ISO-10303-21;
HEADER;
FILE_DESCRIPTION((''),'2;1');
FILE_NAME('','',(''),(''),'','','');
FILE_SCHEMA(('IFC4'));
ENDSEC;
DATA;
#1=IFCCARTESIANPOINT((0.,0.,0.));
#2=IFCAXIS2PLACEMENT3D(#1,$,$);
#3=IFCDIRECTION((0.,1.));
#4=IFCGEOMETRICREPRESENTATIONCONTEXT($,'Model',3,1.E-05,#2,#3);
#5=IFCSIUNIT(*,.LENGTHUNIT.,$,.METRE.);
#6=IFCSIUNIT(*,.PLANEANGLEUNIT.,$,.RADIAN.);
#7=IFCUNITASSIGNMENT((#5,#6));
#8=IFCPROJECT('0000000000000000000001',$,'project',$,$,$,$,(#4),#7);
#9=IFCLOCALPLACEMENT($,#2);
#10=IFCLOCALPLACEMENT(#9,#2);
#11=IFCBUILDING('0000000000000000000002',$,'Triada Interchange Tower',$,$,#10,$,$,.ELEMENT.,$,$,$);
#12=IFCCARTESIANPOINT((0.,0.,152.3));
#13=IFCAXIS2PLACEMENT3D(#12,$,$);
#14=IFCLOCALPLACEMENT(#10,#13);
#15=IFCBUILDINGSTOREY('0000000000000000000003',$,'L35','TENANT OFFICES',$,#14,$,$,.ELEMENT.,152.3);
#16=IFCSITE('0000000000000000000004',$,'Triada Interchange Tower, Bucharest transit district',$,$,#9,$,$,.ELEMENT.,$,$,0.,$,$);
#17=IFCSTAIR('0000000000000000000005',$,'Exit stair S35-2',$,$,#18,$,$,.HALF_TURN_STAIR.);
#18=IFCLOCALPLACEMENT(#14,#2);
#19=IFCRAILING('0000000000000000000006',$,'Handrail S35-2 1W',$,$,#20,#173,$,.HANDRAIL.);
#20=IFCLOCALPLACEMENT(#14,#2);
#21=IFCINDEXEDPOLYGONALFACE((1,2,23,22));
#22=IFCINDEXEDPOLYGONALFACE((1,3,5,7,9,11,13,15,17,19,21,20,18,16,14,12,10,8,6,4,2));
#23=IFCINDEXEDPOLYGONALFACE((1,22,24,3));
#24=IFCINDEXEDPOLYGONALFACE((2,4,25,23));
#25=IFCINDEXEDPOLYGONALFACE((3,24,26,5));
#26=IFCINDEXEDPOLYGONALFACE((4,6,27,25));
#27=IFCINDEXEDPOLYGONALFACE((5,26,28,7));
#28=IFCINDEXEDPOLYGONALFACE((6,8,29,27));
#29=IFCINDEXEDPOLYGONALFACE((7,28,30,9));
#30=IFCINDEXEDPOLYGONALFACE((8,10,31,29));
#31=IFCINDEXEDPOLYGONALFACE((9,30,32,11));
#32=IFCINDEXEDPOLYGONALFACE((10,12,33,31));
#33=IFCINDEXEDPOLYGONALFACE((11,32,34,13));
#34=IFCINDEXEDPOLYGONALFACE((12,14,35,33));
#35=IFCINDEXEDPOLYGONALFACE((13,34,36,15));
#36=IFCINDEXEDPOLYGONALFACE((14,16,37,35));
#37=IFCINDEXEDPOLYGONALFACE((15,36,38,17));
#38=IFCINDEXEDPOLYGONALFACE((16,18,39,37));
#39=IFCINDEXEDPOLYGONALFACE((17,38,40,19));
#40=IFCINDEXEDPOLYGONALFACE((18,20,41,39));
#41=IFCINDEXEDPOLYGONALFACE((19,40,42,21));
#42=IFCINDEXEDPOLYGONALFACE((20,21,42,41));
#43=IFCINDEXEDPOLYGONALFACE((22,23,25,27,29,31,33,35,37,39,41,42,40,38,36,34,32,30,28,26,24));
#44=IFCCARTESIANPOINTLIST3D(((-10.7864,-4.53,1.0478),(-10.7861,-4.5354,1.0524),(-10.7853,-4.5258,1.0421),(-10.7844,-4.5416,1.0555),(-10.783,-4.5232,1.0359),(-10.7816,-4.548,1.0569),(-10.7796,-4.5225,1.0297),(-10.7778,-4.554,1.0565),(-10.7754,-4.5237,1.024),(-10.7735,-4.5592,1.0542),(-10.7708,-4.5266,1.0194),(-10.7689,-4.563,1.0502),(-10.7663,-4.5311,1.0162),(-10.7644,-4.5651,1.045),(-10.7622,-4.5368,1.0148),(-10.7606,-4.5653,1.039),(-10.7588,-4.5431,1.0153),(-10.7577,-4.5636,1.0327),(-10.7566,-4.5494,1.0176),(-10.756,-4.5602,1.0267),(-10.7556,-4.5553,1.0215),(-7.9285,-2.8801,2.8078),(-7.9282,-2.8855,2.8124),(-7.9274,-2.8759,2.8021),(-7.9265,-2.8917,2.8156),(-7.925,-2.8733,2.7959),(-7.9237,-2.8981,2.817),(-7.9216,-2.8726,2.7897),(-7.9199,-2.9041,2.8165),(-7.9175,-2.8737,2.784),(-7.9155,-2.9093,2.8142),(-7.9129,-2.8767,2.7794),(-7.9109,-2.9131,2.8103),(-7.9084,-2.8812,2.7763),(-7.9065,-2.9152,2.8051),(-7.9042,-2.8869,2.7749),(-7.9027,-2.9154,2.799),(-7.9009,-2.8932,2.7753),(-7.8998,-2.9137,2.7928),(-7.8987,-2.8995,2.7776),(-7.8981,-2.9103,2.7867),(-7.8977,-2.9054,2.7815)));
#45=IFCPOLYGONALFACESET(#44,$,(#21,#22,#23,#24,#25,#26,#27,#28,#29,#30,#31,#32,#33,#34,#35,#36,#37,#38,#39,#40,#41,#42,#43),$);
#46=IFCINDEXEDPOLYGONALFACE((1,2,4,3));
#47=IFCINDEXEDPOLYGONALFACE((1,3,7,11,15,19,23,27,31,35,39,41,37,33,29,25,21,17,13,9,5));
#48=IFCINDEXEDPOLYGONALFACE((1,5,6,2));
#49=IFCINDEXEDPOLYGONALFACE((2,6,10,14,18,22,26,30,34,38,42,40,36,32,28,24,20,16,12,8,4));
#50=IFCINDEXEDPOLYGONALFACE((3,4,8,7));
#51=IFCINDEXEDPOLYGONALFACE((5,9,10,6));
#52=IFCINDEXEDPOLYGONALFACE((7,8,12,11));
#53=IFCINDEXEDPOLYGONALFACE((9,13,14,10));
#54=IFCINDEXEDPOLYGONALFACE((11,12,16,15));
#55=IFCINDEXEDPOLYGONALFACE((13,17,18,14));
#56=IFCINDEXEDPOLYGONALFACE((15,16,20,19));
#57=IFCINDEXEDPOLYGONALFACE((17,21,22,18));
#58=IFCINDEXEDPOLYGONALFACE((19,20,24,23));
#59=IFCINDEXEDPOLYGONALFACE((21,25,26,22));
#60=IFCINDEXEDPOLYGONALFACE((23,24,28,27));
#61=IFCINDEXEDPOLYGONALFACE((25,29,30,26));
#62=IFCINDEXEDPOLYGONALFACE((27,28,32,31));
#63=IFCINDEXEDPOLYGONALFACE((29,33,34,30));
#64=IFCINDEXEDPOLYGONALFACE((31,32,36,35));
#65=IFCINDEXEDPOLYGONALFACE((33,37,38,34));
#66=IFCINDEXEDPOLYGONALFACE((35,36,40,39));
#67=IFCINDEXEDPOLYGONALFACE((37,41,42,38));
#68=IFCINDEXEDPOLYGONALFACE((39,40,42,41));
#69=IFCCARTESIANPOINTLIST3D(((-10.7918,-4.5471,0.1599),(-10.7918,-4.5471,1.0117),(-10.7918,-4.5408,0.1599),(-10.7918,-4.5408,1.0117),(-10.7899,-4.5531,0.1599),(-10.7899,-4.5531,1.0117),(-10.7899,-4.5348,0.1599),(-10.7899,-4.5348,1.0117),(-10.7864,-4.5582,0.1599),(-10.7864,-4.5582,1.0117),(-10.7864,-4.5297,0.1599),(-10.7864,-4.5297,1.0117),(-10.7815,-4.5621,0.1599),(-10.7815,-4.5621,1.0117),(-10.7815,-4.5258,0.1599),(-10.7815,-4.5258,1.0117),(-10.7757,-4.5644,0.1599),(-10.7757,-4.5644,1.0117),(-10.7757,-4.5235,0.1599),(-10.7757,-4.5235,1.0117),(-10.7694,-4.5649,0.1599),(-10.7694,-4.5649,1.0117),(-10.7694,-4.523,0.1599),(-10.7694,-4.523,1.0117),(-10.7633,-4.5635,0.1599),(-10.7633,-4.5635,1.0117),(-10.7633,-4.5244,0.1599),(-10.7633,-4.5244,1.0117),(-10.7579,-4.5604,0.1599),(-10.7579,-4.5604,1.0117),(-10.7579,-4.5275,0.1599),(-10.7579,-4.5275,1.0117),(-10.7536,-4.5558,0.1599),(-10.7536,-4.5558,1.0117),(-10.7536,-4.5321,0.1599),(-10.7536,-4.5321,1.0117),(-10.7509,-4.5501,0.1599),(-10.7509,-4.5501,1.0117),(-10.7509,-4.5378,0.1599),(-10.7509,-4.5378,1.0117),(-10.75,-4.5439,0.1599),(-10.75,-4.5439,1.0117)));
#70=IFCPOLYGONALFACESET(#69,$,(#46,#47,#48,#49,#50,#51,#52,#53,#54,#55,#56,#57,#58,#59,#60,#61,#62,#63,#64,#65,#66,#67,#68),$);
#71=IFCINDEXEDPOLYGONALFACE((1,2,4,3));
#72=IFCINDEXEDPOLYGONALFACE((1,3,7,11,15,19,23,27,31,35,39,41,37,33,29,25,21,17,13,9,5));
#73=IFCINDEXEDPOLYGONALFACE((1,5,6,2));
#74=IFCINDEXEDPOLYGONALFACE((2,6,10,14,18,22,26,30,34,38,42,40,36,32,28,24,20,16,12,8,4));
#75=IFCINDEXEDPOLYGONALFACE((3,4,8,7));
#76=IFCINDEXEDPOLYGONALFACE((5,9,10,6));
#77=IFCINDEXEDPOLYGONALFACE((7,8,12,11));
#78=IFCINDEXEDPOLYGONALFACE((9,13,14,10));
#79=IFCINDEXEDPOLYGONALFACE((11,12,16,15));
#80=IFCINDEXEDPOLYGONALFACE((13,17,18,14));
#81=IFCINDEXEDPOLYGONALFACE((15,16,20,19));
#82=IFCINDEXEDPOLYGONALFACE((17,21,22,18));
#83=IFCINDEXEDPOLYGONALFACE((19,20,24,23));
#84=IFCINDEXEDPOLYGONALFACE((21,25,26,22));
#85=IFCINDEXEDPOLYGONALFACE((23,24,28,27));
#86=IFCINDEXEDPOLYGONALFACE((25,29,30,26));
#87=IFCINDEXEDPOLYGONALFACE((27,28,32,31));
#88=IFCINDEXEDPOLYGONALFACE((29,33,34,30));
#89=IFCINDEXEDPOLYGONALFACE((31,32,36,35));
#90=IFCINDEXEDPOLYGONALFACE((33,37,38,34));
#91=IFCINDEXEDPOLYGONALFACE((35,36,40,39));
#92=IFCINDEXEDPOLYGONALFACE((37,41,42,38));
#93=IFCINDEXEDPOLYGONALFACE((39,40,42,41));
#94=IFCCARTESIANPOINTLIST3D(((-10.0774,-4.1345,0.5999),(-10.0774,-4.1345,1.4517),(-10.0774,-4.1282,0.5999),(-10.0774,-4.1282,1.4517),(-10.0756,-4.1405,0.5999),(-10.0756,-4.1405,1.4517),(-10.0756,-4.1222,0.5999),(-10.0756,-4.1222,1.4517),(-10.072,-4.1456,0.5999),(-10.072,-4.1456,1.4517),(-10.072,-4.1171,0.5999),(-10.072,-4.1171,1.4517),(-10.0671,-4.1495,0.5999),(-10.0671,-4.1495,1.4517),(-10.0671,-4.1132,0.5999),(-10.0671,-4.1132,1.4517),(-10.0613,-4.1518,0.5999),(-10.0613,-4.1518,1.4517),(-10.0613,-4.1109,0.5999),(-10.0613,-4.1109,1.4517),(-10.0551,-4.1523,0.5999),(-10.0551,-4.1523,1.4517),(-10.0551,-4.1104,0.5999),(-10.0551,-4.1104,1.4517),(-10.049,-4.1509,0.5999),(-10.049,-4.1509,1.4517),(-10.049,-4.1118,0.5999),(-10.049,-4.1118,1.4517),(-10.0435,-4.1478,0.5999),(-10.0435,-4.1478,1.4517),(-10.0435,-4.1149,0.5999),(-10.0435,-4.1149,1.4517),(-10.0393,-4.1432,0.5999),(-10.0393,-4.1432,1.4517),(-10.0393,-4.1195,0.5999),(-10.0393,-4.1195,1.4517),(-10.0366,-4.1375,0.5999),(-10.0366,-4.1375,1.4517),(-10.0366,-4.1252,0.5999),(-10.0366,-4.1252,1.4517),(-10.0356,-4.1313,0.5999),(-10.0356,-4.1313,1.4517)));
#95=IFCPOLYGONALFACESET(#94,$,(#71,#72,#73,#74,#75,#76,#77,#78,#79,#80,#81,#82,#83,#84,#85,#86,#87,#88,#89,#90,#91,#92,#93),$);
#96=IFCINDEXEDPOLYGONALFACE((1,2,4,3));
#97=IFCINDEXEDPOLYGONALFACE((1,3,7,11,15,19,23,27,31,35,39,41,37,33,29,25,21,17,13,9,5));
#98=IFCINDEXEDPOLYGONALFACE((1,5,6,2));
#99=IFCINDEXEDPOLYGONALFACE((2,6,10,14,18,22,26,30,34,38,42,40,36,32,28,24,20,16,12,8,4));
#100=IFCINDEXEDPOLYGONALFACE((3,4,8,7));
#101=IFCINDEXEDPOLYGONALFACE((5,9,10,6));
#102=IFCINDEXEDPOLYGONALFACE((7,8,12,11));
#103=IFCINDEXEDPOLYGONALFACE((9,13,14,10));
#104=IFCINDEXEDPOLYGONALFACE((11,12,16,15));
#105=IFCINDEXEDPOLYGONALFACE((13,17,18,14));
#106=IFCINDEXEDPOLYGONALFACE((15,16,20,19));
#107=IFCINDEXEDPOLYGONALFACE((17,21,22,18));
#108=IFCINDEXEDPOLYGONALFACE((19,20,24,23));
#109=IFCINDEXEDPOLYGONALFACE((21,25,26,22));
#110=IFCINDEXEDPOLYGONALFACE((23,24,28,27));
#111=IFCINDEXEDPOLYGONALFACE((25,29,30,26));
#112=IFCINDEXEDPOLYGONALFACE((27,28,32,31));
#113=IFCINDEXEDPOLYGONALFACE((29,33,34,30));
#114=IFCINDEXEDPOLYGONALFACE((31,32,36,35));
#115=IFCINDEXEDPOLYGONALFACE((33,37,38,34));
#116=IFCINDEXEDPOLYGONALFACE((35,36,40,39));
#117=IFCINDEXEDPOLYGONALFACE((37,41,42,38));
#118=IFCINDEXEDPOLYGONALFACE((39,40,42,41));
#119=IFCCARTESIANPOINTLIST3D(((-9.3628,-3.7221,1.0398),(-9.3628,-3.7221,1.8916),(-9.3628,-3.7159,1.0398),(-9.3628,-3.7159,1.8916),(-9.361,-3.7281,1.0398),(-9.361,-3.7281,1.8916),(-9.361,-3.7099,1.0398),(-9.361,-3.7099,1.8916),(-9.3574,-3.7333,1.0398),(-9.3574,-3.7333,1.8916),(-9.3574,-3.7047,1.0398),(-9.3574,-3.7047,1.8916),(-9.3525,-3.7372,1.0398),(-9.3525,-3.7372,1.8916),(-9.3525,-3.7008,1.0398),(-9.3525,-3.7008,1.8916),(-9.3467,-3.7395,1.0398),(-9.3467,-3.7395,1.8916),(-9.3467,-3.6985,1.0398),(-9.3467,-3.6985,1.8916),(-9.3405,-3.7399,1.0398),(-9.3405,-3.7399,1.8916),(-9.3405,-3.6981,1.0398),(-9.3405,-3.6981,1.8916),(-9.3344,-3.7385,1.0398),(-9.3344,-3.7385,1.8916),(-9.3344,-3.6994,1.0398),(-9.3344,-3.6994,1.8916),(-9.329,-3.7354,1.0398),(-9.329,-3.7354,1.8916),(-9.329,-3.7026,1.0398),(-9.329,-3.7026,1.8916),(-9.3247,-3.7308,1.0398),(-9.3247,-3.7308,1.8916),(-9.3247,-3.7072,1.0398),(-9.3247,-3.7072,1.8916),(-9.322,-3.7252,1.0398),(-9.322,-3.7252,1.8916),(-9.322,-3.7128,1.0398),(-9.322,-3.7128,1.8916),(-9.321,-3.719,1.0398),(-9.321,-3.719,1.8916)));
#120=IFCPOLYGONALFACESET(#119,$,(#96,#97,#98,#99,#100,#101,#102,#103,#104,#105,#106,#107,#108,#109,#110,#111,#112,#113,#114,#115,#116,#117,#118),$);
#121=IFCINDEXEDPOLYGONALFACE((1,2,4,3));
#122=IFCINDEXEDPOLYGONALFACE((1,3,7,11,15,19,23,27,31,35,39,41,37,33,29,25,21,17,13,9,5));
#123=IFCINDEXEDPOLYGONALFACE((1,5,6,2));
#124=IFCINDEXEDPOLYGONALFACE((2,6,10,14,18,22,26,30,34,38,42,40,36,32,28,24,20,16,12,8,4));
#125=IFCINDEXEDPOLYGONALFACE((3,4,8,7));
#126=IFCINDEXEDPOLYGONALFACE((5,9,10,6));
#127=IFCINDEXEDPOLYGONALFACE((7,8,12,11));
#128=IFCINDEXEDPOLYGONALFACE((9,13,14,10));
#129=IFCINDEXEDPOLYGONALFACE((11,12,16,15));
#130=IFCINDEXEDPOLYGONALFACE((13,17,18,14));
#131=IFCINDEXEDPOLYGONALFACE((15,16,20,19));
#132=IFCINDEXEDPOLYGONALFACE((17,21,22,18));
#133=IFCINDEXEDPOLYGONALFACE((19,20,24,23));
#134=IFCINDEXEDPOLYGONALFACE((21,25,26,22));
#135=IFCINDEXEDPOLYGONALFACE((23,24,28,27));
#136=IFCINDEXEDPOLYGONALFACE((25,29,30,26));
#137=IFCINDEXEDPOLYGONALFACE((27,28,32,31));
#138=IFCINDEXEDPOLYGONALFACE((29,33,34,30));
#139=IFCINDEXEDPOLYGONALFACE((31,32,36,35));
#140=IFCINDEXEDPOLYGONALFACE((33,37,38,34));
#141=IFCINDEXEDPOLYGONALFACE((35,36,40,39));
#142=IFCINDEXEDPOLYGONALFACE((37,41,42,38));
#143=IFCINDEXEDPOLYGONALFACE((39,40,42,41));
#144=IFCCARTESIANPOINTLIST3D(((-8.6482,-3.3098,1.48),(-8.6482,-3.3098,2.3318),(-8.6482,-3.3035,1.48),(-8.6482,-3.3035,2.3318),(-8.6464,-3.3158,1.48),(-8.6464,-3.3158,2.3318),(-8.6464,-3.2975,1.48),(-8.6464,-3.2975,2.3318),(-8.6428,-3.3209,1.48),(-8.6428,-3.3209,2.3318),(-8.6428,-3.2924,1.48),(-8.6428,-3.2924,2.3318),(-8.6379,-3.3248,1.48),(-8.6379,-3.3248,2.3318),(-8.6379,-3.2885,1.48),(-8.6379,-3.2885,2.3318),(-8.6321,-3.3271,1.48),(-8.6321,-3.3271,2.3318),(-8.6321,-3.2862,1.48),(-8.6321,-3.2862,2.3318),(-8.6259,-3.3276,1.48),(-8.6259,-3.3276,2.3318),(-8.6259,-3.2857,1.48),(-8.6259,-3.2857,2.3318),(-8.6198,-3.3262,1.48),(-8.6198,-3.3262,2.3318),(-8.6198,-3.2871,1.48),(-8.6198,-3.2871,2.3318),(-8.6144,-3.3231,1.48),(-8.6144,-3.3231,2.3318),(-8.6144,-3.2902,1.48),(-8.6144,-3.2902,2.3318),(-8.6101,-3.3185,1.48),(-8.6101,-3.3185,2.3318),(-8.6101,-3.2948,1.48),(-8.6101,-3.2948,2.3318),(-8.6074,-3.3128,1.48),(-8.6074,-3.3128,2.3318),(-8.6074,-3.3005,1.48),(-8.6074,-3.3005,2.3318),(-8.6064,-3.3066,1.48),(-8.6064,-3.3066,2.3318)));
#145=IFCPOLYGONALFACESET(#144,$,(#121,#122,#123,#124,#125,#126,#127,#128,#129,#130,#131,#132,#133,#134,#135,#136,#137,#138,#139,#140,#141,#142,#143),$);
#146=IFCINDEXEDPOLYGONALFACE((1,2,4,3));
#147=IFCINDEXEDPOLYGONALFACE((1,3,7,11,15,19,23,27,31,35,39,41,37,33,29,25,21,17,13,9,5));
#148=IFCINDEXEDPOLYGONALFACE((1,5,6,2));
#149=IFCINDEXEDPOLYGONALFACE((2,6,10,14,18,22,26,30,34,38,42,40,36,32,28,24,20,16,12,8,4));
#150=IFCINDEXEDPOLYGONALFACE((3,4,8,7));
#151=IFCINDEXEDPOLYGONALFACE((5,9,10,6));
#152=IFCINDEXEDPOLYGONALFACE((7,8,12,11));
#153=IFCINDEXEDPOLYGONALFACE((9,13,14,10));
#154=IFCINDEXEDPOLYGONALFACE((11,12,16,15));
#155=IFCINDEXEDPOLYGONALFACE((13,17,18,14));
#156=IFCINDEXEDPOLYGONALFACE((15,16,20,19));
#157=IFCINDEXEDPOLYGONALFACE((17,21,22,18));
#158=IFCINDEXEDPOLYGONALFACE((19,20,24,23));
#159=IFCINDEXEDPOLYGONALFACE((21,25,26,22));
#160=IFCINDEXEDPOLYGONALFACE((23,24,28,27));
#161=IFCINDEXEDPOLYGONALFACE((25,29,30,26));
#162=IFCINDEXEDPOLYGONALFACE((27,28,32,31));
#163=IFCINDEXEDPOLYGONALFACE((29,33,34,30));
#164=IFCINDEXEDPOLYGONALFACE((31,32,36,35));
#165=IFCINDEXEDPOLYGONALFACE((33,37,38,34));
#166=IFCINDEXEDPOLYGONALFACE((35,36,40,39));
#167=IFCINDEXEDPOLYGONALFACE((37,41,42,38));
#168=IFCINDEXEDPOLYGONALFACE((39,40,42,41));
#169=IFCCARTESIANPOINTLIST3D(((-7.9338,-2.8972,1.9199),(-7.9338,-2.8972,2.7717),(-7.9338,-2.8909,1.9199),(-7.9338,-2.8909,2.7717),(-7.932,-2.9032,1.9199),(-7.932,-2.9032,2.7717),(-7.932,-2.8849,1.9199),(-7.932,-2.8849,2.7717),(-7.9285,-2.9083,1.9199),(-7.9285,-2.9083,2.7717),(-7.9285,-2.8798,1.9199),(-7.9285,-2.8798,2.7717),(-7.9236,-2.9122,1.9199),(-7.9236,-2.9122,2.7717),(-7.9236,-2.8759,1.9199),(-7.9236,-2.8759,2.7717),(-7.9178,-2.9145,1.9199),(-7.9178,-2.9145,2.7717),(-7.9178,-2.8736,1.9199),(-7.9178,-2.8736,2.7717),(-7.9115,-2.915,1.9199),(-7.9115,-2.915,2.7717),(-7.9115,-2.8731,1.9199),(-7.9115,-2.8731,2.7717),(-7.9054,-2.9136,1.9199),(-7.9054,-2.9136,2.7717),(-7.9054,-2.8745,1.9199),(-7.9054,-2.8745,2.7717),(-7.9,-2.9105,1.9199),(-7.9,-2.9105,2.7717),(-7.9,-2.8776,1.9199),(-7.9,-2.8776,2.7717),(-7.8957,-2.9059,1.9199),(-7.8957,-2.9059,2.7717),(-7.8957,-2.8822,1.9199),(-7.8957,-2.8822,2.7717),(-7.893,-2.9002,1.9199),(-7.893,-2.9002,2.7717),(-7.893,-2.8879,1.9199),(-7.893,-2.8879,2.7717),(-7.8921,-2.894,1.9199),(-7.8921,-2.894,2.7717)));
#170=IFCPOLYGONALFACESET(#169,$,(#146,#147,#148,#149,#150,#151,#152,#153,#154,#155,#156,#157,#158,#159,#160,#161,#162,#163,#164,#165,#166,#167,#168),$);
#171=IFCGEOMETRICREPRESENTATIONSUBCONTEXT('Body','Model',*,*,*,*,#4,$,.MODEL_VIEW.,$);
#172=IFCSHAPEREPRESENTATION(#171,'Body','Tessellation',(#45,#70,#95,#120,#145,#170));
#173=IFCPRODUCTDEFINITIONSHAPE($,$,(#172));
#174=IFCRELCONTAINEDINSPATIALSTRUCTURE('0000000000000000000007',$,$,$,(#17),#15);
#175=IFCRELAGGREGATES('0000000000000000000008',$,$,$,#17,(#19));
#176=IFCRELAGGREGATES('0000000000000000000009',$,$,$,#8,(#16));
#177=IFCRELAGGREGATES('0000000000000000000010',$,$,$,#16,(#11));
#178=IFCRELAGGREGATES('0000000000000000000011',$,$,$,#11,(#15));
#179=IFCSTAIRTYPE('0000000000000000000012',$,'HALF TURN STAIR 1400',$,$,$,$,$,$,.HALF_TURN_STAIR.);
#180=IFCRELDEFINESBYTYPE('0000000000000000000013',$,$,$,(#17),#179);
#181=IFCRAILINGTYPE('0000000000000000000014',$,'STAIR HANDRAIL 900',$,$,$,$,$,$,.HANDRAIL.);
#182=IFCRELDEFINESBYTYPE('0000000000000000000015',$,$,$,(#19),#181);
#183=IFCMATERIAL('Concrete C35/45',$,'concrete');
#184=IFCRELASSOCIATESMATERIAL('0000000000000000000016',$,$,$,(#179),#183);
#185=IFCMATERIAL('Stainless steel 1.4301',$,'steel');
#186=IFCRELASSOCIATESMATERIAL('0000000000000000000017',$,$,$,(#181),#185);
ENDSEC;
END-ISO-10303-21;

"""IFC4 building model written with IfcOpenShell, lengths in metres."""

from ifc_helpers import new_model, si_unit, direction, frame, origin, origin_2d, place, context, subcontext, project, spatial, circle, extrude, material, type_object, element, aggregate, save


model = new_model("IFC4")

# Units and contexts
model_context = context("Model", 3, precision=1e-05, world=origin(), true_north=direction((0.0, 1.0)))
body_context = subcontext(model_context, "Body", "Model", "MODEL_VIEW")
ifc_project = project(units=[si_unit("LENGTHUNIT", "METRE"), si_unit("PLANEANGLEUNIT", "RADIAN")], contexts=[model_context])

# Site, building, storey
site_placement = place(None, origin())
site = spatial("IfcSite", under=ifc_project, at=site_placement, Name="Triada Interchange Tower, Bucharest transit district", CompositionType="ELEMENT", RefElevation=0.0)
building_placement = place(site_placement, origin())
building = spatial("IfcBuilding", under=site, at=building_placement, Name="Triada Interchange Tower", CompositionType="ELEMENT")
storey_placement = place(building_placement, frame((0.0, 0.0, 152.3)))
storey = spatial("IfcBuildingStorey", under=building, at=storey_placement, Name="L35", Description="TENANT OFFICES", CompositionType="ELEMENT", Elevation=152.3)

# Stair, railing
ifc_material_1 = material(Name="Concrete C35/45", Category="concrete")
stair_type = type_object("IfcStairType", Name="HALF TURN STAIR 1400", PredefinedType="HALF_TURN_STAIR", material=ifc_material_1)
stair_placement = place(storey_placement, origin())
stair = element("IfcStair", 1, at=stair_placement, inside=storey, type_object=stair_type, Name="Exit stair S35-2", PredefinedType="HALF_TURN_STAIR")
ifc_material_2 = material(Name="Stainless steel 1.4301", Category="steel")
railing_type = type_object("IfcRailingType", Name="STAIR HANDRAIL 900", PredefinedType="HANDRAIL", material=ifc_material_2)
railing_1_placement = place(storey_placement, frame((-10.771, -4.5439, 0.1599)))
railing_1 = element("IfcRailing", 2, at=railing_1_placement, type_object=railing_type, Name="Handrail S35-2 1W", PredefinedType="HANDRAIL", context=body_context, shape_type="SweptSolid", body=[
    extrude(circle(Radius=0.0239, at=origin_2d()), frame((0.0, 0.0, 0.876), z_axis=(0.764151, 0.441153, 0.470593), x_axis=(-0.499974, 0.86604, 0.0)), (0.0, 0.0, 1.0), 3.74),
    extrude(circle(Radius=0.021, at=origin_2d()), origin(), (0.0, 0.0, 1.0), 0.8518),
    extrude(circle(Radius=0.021, at=origin_2d()), frame((0.7144, 0.4126, 0.4399)), (0.0, 0.0, 1.0), 0.8518),
    extrude(circle(Radius=0.021, at=origin_2d()), frame((1.429, 0.825, 0.8799)), (0.0, 0.0, 1.0), 0.8518),
    extrude(circle(Radius=0.021, at=origin_2d()), frame((2.1436, 1.2373, 1.3201)), (0.0, 0.0, 1.0), 0.8518),
    extrude(circle(Radius=0.021, at=origin_2d()), frame((2.8579, 1.6499, 1.76)), (0.0, 0.0, 1.0), 0.8518),
])
aggregate(stair, [railing_1])

save(model, "model.ifc")
